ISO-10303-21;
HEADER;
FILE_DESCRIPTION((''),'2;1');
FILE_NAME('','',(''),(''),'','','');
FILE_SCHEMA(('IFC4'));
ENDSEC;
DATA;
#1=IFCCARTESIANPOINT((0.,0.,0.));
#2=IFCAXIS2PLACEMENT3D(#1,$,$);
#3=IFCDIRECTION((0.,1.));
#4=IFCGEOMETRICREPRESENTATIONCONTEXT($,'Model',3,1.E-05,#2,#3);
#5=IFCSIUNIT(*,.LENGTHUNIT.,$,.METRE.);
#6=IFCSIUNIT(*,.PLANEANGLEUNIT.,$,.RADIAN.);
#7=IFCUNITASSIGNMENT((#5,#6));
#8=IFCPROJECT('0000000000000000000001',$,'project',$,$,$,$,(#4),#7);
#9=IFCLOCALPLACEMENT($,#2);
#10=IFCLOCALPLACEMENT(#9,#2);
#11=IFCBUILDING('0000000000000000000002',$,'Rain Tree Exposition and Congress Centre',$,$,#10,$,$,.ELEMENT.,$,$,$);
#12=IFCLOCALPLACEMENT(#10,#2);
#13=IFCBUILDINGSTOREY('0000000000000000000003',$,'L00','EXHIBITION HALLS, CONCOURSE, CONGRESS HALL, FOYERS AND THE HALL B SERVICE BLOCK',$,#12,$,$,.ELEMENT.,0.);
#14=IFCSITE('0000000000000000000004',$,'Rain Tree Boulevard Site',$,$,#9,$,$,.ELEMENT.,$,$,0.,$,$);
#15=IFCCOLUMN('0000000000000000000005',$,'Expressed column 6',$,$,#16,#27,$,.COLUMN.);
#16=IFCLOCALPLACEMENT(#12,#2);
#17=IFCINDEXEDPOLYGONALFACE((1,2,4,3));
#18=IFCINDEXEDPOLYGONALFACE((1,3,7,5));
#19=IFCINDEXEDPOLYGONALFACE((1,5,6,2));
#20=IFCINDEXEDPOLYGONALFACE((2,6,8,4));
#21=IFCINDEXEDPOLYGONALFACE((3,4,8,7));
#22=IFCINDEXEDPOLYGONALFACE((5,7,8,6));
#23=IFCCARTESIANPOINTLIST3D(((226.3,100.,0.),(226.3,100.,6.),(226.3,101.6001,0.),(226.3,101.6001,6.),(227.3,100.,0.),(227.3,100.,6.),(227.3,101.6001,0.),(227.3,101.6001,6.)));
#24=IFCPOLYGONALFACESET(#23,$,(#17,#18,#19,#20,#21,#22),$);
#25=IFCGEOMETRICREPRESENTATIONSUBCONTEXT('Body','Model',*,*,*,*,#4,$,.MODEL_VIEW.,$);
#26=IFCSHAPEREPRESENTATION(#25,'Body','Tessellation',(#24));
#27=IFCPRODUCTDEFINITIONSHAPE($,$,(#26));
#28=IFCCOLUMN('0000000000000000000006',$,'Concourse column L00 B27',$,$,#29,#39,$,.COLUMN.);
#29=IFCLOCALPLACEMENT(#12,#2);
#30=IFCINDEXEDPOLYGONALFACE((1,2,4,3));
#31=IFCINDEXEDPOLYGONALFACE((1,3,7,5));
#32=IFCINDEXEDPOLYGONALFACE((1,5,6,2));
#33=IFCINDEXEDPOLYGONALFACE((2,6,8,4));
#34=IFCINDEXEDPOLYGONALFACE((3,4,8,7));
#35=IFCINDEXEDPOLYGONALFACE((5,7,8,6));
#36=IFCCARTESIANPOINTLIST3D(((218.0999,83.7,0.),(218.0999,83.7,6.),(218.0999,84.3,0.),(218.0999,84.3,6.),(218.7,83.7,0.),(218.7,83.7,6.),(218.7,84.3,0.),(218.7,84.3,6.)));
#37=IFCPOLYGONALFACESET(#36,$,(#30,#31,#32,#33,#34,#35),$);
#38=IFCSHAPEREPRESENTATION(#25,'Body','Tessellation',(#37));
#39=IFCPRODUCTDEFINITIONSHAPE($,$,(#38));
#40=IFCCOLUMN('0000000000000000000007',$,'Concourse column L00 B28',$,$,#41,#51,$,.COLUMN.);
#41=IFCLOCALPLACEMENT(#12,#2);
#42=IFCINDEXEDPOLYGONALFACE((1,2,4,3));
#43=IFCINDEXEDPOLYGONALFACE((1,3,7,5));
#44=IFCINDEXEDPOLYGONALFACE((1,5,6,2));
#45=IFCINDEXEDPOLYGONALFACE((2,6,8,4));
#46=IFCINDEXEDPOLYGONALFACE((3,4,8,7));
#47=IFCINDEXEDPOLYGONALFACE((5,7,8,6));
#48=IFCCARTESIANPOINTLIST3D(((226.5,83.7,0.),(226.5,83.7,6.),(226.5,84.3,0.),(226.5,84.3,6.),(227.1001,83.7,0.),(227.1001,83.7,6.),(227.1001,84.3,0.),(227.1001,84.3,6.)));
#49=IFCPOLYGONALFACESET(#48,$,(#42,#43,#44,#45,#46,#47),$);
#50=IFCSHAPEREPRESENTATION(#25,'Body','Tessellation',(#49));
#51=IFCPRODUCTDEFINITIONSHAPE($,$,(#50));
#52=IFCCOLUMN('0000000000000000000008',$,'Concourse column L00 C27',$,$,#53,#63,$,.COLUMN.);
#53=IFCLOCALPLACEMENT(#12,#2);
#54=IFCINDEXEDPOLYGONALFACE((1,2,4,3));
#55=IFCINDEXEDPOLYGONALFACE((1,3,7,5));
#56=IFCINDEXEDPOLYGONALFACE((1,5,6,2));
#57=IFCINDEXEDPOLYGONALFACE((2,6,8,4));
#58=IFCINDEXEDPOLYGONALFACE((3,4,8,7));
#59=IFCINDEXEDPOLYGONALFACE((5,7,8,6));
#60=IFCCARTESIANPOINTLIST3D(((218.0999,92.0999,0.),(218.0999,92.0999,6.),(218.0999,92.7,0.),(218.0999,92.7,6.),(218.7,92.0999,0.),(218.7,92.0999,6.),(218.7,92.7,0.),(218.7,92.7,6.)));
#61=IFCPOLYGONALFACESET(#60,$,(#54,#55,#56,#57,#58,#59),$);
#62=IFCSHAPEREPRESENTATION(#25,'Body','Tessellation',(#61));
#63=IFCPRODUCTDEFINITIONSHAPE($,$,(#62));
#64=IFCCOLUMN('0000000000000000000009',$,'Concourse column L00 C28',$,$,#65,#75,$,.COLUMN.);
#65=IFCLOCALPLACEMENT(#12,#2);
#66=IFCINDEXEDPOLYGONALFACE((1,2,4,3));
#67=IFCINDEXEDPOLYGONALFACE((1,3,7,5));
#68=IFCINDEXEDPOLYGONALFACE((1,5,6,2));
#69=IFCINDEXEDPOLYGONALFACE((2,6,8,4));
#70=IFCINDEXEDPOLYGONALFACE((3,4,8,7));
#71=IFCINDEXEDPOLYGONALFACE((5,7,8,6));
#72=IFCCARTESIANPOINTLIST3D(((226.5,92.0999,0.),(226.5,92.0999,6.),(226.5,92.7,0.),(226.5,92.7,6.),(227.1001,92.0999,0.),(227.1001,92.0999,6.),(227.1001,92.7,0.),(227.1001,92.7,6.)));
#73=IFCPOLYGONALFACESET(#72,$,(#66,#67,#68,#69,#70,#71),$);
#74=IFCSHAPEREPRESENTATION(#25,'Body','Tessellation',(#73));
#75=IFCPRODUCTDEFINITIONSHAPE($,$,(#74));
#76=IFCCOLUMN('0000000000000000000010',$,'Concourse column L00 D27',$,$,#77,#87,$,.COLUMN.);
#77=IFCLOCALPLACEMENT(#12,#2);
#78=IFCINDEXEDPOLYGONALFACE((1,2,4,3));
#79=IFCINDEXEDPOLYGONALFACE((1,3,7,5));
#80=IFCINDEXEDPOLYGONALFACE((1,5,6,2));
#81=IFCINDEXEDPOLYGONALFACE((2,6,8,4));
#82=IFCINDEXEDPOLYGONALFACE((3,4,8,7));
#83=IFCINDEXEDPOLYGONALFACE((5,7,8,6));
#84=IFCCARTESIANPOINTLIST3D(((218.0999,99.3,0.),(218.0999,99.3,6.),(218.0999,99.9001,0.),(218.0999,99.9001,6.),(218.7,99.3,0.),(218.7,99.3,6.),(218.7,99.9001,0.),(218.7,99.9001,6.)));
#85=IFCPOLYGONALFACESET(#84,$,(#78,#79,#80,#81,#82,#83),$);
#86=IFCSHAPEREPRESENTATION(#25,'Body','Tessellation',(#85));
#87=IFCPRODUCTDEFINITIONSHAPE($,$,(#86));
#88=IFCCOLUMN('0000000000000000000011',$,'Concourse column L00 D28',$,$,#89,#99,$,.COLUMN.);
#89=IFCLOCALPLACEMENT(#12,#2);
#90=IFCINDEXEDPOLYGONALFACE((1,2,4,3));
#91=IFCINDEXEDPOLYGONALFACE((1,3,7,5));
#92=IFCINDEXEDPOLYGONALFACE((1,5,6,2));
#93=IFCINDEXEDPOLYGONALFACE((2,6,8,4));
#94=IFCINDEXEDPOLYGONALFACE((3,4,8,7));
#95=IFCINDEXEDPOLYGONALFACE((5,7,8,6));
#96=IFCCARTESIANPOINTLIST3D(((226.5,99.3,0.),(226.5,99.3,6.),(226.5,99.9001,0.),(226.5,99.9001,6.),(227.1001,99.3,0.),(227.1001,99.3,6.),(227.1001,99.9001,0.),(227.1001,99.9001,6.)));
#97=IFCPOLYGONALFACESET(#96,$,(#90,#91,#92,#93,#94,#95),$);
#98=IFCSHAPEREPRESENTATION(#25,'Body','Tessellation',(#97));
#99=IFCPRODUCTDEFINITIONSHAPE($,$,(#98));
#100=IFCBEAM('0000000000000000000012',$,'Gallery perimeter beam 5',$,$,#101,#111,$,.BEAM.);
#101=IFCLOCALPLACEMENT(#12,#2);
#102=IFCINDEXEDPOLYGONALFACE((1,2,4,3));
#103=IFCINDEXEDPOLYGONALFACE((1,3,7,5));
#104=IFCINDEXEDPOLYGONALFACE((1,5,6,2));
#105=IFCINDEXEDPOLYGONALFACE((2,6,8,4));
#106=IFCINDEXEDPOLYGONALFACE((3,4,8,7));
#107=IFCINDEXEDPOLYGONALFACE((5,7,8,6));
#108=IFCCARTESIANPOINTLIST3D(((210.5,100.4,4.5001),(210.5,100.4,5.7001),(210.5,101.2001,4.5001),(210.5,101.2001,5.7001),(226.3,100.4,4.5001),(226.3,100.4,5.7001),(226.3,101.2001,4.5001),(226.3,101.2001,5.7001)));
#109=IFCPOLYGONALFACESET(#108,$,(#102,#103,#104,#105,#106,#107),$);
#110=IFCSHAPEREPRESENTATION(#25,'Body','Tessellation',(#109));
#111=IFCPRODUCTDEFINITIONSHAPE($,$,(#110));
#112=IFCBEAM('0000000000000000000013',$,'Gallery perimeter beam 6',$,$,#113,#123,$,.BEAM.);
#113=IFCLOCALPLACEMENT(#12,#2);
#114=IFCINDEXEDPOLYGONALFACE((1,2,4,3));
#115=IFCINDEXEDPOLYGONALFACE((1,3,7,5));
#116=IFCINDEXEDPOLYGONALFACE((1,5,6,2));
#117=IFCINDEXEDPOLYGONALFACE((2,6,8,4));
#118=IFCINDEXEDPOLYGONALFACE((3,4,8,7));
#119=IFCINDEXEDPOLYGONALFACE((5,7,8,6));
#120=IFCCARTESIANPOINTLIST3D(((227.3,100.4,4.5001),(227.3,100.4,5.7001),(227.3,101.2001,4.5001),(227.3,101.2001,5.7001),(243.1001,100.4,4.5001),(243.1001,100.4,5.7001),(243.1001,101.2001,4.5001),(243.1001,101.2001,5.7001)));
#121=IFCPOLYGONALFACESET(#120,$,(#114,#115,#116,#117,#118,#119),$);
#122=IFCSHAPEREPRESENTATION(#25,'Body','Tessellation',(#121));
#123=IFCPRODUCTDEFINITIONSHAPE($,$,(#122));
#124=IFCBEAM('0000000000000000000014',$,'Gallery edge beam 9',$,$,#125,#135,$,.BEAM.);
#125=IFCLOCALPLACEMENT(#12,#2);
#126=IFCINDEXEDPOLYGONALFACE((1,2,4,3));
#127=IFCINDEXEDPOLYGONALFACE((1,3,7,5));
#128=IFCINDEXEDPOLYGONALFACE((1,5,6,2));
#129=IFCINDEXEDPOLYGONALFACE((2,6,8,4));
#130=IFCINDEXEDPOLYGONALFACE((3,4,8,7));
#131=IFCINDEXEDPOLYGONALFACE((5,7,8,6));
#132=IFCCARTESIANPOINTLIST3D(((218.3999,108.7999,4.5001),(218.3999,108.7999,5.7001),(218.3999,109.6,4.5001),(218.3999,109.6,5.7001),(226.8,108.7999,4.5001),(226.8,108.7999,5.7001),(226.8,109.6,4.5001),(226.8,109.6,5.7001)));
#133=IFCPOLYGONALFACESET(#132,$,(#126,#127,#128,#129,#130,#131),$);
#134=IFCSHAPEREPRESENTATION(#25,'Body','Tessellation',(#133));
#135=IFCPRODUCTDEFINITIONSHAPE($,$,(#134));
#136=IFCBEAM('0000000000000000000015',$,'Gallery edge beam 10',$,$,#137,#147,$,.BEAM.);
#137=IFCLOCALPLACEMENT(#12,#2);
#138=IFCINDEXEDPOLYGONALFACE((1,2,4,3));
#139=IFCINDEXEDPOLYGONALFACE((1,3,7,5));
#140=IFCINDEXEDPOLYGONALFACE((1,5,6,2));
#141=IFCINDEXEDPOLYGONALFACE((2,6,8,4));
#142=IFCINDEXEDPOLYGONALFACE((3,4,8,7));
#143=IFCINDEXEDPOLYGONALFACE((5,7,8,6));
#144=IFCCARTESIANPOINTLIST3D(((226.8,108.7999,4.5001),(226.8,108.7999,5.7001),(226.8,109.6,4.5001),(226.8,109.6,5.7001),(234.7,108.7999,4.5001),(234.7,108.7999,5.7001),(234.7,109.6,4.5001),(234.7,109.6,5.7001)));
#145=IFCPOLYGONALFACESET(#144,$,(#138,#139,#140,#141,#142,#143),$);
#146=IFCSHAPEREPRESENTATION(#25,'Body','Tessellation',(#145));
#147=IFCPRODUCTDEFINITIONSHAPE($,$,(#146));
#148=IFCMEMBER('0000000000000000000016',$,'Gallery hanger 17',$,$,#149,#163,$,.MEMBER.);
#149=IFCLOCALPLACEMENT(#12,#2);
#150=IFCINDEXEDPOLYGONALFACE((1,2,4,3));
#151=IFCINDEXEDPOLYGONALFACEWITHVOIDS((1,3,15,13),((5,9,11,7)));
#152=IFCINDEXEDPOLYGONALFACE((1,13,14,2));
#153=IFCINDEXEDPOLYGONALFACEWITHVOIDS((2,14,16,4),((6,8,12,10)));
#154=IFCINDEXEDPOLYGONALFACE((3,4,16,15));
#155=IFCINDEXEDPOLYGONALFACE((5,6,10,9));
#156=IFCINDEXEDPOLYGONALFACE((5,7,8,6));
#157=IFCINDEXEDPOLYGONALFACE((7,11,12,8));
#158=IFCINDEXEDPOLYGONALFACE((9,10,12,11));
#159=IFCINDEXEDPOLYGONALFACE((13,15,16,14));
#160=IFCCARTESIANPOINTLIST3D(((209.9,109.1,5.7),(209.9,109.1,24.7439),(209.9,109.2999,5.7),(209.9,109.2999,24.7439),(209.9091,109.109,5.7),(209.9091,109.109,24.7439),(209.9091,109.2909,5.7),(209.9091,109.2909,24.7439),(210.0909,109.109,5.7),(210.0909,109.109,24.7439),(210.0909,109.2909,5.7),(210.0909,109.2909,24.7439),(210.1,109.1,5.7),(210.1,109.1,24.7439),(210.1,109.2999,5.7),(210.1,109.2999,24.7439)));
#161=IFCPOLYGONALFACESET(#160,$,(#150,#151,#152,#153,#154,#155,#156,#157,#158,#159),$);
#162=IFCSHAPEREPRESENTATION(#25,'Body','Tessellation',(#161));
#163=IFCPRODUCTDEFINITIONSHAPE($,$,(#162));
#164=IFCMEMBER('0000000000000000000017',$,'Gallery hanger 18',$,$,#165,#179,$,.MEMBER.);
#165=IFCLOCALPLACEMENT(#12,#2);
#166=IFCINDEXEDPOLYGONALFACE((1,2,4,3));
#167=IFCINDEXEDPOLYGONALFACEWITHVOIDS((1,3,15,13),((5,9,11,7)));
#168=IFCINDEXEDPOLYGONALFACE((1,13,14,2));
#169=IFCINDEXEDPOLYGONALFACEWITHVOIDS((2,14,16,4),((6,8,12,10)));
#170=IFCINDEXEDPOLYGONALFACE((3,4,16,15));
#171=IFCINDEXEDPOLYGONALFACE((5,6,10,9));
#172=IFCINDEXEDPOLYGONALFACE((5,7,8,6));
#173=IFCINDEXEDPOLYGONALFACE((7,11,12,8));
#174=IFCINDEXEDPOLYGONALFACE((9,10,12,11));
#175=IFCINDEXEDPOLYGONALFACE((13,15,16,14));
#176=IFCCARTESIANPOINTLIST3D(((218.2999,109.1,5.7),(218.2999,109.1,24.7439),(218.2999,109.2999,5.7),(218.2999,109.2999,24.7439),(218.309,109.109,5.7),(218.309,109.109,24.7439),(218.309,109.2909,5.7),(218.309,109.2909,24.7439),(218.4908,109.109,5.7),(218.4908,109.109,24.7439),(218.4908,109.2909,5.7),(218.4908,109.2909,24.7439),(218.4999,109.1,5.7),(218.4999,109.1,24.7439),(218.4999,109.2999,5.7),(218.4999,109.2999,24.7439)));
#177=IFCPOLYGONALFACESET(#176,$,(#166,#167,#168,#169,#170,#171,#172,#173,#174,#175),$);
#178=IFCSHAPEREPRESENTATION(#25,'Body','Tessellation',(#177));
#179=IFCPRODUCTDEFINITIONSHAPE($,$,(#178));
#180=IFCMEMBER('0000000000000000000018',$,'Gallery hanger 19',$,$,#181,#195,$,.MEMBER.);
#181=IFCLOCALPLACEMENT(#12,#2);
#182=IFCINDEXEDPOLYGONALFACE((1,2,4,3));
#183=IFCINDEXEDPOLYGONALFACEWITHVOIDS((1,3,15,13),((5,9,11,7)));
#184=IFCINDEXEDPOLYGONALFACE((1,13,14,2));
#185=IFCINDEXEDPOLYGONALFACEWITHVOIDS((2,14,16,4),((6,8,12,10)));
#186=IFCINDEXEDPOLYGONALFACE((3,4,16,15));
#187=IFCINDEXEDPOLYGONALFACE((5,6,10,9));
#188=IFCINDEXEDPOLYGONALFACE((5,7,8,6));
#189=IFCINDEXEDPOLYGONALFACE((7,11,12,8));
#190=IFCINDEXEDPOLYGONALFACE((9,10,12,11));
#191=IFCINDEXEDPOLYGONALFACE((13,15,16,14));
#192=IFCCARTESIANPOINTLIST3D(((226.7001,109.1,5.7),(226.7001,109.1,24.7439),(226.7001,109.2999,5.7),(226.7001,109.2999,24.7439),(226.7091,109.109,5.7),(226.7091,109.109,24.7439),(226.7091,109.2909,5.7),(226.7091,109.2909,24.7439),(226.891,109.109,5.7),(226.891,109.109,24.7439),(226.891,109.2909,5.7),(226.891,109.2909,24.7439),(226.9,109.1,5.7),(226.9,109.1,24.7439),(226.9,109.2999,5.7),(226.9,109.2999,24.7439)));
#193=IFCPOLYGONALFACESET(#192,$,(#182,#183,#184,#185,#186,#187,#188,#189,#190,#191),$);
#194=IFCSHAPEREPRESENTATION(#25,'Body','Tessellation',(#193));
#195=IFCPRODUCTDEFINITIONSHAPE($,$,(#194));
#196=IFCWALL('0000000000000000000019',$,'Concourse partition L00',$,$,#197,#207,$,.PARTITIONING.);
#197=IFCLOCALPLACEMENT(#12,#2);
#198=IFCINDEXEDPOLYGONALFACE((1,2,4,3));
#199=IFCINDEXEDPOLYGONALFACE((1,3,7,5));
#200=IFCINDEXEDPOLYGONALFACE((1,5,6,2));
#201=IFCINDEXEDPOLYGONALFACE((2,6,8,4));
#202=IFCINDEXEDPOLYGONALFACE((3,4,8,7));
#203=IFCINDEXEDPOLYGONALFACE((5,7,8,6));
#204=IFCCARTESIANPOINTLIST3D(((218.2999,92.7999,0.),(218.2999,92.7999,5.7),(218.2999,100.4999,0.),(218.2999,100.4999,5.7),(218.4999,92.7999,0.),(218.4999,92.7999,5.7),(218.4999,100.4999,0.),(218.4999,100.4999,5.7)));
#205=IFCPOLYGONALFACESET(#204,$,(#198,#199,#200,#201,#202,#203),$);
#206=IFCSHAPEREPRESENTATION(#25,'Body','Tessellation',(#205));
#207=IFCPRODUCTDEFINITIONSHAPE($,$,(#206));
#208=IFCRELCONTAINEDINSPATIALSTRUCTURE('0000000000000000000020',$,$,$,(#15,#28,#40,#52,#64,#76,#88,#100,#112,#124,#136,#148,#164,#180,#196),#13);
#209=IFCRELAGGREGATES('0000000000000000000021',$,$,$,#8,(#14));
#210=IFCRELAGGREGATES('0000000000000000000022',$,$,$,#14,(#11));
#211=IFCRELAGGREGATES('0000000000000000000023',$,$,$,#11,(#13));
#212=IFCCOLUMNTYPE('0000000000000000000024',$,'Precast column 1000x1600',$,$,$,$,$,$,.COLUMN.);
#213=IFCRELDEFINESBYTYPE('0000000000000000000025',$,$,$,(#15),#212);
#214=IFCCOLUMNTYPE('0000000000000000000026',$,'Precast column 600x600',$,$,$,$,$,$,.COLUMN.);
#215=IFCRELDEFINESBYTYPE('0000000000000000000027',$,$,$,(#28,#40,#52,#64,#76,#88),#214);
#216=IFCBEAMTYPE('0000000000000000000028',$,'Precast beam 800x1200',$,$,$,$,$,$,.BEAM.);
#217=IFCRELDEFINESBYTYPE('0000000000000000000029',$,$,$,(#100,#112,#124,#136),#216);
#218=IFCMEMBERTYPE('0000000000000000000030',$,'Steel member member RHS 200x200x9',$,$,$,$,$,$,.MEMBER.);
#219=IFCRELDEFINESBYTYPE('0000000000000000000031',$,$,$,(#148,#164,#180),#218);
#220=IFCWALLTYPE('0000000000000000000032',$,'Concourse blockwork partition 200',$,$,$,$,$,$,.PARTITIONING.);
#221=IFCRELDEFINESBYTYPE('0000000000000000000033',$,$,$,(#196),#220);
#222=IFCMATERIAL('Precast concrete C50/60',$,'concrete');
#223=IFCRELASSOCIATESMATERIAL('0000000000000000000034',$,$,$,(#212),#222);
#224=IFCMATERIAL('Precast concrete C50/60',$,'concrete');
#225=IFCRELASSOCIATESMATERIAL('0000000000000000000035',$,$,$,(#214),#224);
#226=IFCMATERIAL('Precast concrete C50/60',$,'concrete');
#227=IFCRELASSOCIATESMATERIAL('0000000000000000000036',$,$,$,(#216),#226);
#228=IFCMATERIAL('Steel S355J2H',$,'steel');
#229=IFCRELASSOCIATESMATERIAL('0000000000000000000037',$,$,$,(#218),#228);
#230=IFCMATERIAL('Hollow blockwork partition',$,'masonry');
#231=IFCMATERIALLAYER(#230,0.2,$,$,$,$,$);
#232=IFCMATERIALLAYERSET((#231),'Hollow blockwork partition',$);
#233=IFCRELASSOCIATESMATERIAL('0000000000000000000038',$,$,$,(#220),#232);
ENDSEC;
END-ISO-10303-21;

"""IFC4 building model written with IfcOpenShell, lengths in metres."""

from ifc_helpers import new_model, si_unit, direction, frame, frame_2d, origin, origin_2d, place, context, subcontext, project, spatial, rectangle, hollow_rectangle, extrude, material, layer, layer_set, material_profile, profile_set, type_object, element, save


model = new_model("IFC4")

# Units and contexts
model_context = context("Model", 3, precision=1e-05, world=origin(), true_north=direction((0.0, 1.0)))
body_context = subcontext(model_context, "Body", "Model", "MODEL_VIEW")
ifc_project = project(units=[si_unit("LENGTHUNIT", "METRE"), si_unit("PLANEANGLEUNIT", "RADIAN")], contexts=[model_context])

# Site, building, storey
site_placement = place(None, origin())
site = spatial("IfcSite", under=ifc_project, at=site_placement, Name="Rain Tree Boulevard Site", CompositionType="ELEMENT", RefElevation=0.0)
building_placement = place(site_placement, origin())
building = spatial("IfcBuilding", under=site, at=building_placement, Name="Rain Tree Exposition and Congress Centre", CompositionType="ELEMENT")
storey_placement = place(building_placement, origin())
storey = spatial("IfcBuildingStorey", under=building, at=storey_placement, Name="L00", Description="EXHIBITION HALLS, CONCOURSE, CONGRESS HALL, FOYERS AND THE HALL B SERVICE BLOCK", CompositionType="ELEMENT", Elevation=0.0)

# Columns
ifc_material_1 = material(Name="Precast concrete C50/60", Category="concrete")
ifc_material_profile_1 = material_profile(ifc_material_1, rectangle(XDim=1.0, YDim=1.6001, at=origin_2d()), Name="RC 1000x1600")
ifc_profile_set_1 = profile_set([ifc_material_profile_1], Name="Precast concrete C50/60")
column_type_1 = type_object("IfcColumnType", Name="Precast column 1000x1600", PredefinedType="COLUMN", material=ifc_profile_set_1)
column_placement = place(storey_placement, frame((226.8, 100.8, 0.0), z_axis=(0.0, 0.0, 1.0), x_axis=(1.0, 0.0, 0.0)))
element("IfcColumn", 1, at=column_placement, inside=storey, type_object=column_type_1, Name="Expressed column 6", PredefinedType="COLUMN", context=body_context, shape_type="SweptSolid", body=[
    extrude(rectangle(XDim=1.0, YDim=1.6001, at=origin_2d()), origin(), (0.0, 0.0, 1.0), 6.0),
])
ifc_material_2 = material(Name="Precast concrete C50/60", Category="concrete")
ifc_material_profile_2 = material_profile(ifc_material_2, rectangle(XDim=0.6001, YDim=0.6001, at=origin_2d()), Name="RC 600x600")
ifc_profile_set_2 = profile_set([ifc_material_profile_2], Name="Precast concrete C50/60")
column_type_2 = type_object("IfcColumnType", Name="Precast column 600x600", PredefinedType="COLUMN", material=ifc_profile_set_2)
for number, where, z_axis, x_axis, name in (
    (2, (218.3999, 84.0, 0.0), (0.0, 0.0, 1.0), (1.0, 0.0, 0.0), "Concourse column L00 B27"),
    (3, (226.8, 84.0, 0.0), (0.0, 0.0, 1.0), (1.0, 0.0, 0.0), "Concourse column L00 B28"),
    (4, (218.3999, 92.3999, 0.0), (0.0, 0.0, 1.0), (1.0, 0.0, 0.0), "Concourse column L00 C27"),
    (5, (226.8, 92.3999, 0.0), (0.0, 0.0, 1.0), (1.0, 0.0, 0.0), "Concourse column L00 C28"),
    (6, (218.3999, 99.6001, 0.0), (0.0, 0.0, 1.0), (1.0, 0.0, 0.0), "Concourse column L00 D27"),
    (7, (226.8, 99.6001, 0.0), (0.0, 0.0, 1.0), (1.0, 0.0, 0.0), "Concourse column L00 D28"),
):
    element("IfcColumn", number, at=place(storey_placement, frame(where, z_axis=z_axis, x_axis=x_axis)), inside=storey, type_object=column_type_2, Name=name, PredefinedType="COLUMN", context=body_context, shape_type="SweptSolid", body=[
        extrude(rectangle(XDim=0.6001, YDim=0.6001, at=origin_2d()), origin(), (0.0, 0.0, 1.0), 6.0),
    ])

# Beams
ifc_material_3 = material(Name="Precast concrete C50/60", Category="concrete")
ifc_material_profile_3 = material_profile(ifc_material_3, rectangle(XDim=0.8, YDim=1.2, at=origin_2d()), Name="RC 800x1200")
ifc_profile_set_3 = profile_set([ifc_material_profile_3], Name="Precast concrete C50/60")
beam_type = type_object("IfcBeamType", Name="Precast beam 800x1200", PredefinedType="BEAM", material=ifc_profile_set_3)
for number, where, z_axis, x_axis, name in (
    (8, (210.5, 100.8, 5.1001), (1.0, 0.0, 0.0), (0.0, 1.0, 0.0), "Gallery perimeter beam 5"),
    (9, (227.3, 100.8, 5.1001), (1.0, 0.0, 0.0), (0.0, 1.0, 0.0), "Gallery perimeter beam 6"),
):
    element("IfcBeam", number, at=place(storey_placement, frame(where, z_axis=z_axis, x_axis=x_axis)), inside=storey, type_object=beam_type, Name=name, PredefinedType="BEAM", context=body_context, shape_type="SweptSolid", body=[
        extrude(rectangle(XDim=0.8, YDim=1.2, at=origin_2d()), origin(), (0.0, 0.0, 1.0), 15.8),
    ])
beam_1_placement = place(storey_placement, frame((218.3999, 109.2, 5.1001), z_axis=(1.0, 0.0, 0.0), x_axis=(0.0, 1.0, 0.0)))
element("IfcBeam", 10, at=beam_1_placement, inside=storey, type_object=beam_type, Name="Gallery edge beam 9", PredefinedType="BEAM", context=body_context, shape_type="SweptSolid", body=[
    extrude(rectangle(XDim=0.8, YDim=1.2, at=origin_2d()), origin(), (0.0, 0.0, 1.0), 8.4001),
])
beam_2_placement = place(storey_placement, frame((226.8, 109.2, 5.1001), z_axis=(1.0, 0.0, 0.0), x_axis=(0.0, 1.0, 0.0)))
element("IfcBeam", 11, at=beam_2_placement, inside=storey, type_object=beam_type, Name="Gallery edge beam 10", PredefinedType="BEAM", context=body_context, shape_type="SweptSolid", body=[
    extrude(rectangle(XDim=0.8, YDim=1.2, at=origin_2d()), origin(), (0.0, 0.0, 1.0), 7.8999),
])

# Members
ifc_material_4 = material(Name="Steel S355J2H", Category="steel")
ifc_material_profile_4 = material_profile(ifc_material_4, hollow_rectangle(XDim=0.2, YDim=0.2, WallThickness=0.009, at=origin_2d()), Name="RHS 200x200x9")
ifc_profile_set_4 = profile_set([ifc_material_profile_4], Name="Steel S355J2H")
member_type = type_object("IfcMemberType", Name="Steel member member RHS 200x200x9", PredefinedType="MEMBER", material=ifc_profile_set_4)
for number, where, z_axis, x_axis, name in (
    (12, (210.0, 109.2, 5.7), (0.0, 0.0, 1.0), (1.0, 0.0, 0.0), "Gallery hanger 17"),
    (13, (218.3999, 109.2, 5.7), (0.0, 0.0, 1.0), (1.0, 0.0, 0.0), "Gallery hanger 18"),
    (14, (226.8, 109.2, 5.7), (0.0, 0.0, 1.0), (1.0, 0.0, 0.0), "Gallery hanger 19"),
):
    element("IfcMember", number, at=place(storey_placement, frame(where, z_axis=z_axis, x_axis=x_axis)), inside=storey, type_object=member_type, Name=name, PredefinedType="MEMBER", context=body_context, shape_type="SweptSolid", body=[
        extrude(hollow_rectangle(XDim=0.2, YDim=0.2, WallThickness=0.009, at=origin_2d()), origin(), (0.0, 0.0, 1.0), 19.0439),
    ])

# Wall
ifc_material_5 = material(Name="Hollow blockwork partition", Category="masonry")
ifc_layer_1 = layer(ifc_material_5, 0.2)
ifc_layer_set_1 = layer_set([ifc_layer_1], Name="Hollow blockwork partition")
wall_type_1 = type_object("IfcWallType", Name="Concourse blockwork partition 200", PredefinedType="PARTITIONING", material=ifc_layer_set_1)
for number, where, z_axis, x_axis, name in (
    (15, (218.3999, 100.5, 0.0), (0.0, 0.0, 1.0), (0.0, -1.0, 0.0), "Concourse partition L00"),
):
    element("IfcWall", number, at=place(storey_placement, frame(where, z_axis=z_axis, x_axis=x_axis)), inside=storey, type_object=wall_type_1, Name=name, PredefinedType="PARTITIONING", context=body_context, shape_type="SweptSolid", body=[
        extrude(rectangle(XDim=7.7, YDim=0.2, at=frame_2d((3.8501, 0.0))), origin(), (0.0, 0.0, 1.0), 5.7),
    ])

save(model, "model.ifc")
